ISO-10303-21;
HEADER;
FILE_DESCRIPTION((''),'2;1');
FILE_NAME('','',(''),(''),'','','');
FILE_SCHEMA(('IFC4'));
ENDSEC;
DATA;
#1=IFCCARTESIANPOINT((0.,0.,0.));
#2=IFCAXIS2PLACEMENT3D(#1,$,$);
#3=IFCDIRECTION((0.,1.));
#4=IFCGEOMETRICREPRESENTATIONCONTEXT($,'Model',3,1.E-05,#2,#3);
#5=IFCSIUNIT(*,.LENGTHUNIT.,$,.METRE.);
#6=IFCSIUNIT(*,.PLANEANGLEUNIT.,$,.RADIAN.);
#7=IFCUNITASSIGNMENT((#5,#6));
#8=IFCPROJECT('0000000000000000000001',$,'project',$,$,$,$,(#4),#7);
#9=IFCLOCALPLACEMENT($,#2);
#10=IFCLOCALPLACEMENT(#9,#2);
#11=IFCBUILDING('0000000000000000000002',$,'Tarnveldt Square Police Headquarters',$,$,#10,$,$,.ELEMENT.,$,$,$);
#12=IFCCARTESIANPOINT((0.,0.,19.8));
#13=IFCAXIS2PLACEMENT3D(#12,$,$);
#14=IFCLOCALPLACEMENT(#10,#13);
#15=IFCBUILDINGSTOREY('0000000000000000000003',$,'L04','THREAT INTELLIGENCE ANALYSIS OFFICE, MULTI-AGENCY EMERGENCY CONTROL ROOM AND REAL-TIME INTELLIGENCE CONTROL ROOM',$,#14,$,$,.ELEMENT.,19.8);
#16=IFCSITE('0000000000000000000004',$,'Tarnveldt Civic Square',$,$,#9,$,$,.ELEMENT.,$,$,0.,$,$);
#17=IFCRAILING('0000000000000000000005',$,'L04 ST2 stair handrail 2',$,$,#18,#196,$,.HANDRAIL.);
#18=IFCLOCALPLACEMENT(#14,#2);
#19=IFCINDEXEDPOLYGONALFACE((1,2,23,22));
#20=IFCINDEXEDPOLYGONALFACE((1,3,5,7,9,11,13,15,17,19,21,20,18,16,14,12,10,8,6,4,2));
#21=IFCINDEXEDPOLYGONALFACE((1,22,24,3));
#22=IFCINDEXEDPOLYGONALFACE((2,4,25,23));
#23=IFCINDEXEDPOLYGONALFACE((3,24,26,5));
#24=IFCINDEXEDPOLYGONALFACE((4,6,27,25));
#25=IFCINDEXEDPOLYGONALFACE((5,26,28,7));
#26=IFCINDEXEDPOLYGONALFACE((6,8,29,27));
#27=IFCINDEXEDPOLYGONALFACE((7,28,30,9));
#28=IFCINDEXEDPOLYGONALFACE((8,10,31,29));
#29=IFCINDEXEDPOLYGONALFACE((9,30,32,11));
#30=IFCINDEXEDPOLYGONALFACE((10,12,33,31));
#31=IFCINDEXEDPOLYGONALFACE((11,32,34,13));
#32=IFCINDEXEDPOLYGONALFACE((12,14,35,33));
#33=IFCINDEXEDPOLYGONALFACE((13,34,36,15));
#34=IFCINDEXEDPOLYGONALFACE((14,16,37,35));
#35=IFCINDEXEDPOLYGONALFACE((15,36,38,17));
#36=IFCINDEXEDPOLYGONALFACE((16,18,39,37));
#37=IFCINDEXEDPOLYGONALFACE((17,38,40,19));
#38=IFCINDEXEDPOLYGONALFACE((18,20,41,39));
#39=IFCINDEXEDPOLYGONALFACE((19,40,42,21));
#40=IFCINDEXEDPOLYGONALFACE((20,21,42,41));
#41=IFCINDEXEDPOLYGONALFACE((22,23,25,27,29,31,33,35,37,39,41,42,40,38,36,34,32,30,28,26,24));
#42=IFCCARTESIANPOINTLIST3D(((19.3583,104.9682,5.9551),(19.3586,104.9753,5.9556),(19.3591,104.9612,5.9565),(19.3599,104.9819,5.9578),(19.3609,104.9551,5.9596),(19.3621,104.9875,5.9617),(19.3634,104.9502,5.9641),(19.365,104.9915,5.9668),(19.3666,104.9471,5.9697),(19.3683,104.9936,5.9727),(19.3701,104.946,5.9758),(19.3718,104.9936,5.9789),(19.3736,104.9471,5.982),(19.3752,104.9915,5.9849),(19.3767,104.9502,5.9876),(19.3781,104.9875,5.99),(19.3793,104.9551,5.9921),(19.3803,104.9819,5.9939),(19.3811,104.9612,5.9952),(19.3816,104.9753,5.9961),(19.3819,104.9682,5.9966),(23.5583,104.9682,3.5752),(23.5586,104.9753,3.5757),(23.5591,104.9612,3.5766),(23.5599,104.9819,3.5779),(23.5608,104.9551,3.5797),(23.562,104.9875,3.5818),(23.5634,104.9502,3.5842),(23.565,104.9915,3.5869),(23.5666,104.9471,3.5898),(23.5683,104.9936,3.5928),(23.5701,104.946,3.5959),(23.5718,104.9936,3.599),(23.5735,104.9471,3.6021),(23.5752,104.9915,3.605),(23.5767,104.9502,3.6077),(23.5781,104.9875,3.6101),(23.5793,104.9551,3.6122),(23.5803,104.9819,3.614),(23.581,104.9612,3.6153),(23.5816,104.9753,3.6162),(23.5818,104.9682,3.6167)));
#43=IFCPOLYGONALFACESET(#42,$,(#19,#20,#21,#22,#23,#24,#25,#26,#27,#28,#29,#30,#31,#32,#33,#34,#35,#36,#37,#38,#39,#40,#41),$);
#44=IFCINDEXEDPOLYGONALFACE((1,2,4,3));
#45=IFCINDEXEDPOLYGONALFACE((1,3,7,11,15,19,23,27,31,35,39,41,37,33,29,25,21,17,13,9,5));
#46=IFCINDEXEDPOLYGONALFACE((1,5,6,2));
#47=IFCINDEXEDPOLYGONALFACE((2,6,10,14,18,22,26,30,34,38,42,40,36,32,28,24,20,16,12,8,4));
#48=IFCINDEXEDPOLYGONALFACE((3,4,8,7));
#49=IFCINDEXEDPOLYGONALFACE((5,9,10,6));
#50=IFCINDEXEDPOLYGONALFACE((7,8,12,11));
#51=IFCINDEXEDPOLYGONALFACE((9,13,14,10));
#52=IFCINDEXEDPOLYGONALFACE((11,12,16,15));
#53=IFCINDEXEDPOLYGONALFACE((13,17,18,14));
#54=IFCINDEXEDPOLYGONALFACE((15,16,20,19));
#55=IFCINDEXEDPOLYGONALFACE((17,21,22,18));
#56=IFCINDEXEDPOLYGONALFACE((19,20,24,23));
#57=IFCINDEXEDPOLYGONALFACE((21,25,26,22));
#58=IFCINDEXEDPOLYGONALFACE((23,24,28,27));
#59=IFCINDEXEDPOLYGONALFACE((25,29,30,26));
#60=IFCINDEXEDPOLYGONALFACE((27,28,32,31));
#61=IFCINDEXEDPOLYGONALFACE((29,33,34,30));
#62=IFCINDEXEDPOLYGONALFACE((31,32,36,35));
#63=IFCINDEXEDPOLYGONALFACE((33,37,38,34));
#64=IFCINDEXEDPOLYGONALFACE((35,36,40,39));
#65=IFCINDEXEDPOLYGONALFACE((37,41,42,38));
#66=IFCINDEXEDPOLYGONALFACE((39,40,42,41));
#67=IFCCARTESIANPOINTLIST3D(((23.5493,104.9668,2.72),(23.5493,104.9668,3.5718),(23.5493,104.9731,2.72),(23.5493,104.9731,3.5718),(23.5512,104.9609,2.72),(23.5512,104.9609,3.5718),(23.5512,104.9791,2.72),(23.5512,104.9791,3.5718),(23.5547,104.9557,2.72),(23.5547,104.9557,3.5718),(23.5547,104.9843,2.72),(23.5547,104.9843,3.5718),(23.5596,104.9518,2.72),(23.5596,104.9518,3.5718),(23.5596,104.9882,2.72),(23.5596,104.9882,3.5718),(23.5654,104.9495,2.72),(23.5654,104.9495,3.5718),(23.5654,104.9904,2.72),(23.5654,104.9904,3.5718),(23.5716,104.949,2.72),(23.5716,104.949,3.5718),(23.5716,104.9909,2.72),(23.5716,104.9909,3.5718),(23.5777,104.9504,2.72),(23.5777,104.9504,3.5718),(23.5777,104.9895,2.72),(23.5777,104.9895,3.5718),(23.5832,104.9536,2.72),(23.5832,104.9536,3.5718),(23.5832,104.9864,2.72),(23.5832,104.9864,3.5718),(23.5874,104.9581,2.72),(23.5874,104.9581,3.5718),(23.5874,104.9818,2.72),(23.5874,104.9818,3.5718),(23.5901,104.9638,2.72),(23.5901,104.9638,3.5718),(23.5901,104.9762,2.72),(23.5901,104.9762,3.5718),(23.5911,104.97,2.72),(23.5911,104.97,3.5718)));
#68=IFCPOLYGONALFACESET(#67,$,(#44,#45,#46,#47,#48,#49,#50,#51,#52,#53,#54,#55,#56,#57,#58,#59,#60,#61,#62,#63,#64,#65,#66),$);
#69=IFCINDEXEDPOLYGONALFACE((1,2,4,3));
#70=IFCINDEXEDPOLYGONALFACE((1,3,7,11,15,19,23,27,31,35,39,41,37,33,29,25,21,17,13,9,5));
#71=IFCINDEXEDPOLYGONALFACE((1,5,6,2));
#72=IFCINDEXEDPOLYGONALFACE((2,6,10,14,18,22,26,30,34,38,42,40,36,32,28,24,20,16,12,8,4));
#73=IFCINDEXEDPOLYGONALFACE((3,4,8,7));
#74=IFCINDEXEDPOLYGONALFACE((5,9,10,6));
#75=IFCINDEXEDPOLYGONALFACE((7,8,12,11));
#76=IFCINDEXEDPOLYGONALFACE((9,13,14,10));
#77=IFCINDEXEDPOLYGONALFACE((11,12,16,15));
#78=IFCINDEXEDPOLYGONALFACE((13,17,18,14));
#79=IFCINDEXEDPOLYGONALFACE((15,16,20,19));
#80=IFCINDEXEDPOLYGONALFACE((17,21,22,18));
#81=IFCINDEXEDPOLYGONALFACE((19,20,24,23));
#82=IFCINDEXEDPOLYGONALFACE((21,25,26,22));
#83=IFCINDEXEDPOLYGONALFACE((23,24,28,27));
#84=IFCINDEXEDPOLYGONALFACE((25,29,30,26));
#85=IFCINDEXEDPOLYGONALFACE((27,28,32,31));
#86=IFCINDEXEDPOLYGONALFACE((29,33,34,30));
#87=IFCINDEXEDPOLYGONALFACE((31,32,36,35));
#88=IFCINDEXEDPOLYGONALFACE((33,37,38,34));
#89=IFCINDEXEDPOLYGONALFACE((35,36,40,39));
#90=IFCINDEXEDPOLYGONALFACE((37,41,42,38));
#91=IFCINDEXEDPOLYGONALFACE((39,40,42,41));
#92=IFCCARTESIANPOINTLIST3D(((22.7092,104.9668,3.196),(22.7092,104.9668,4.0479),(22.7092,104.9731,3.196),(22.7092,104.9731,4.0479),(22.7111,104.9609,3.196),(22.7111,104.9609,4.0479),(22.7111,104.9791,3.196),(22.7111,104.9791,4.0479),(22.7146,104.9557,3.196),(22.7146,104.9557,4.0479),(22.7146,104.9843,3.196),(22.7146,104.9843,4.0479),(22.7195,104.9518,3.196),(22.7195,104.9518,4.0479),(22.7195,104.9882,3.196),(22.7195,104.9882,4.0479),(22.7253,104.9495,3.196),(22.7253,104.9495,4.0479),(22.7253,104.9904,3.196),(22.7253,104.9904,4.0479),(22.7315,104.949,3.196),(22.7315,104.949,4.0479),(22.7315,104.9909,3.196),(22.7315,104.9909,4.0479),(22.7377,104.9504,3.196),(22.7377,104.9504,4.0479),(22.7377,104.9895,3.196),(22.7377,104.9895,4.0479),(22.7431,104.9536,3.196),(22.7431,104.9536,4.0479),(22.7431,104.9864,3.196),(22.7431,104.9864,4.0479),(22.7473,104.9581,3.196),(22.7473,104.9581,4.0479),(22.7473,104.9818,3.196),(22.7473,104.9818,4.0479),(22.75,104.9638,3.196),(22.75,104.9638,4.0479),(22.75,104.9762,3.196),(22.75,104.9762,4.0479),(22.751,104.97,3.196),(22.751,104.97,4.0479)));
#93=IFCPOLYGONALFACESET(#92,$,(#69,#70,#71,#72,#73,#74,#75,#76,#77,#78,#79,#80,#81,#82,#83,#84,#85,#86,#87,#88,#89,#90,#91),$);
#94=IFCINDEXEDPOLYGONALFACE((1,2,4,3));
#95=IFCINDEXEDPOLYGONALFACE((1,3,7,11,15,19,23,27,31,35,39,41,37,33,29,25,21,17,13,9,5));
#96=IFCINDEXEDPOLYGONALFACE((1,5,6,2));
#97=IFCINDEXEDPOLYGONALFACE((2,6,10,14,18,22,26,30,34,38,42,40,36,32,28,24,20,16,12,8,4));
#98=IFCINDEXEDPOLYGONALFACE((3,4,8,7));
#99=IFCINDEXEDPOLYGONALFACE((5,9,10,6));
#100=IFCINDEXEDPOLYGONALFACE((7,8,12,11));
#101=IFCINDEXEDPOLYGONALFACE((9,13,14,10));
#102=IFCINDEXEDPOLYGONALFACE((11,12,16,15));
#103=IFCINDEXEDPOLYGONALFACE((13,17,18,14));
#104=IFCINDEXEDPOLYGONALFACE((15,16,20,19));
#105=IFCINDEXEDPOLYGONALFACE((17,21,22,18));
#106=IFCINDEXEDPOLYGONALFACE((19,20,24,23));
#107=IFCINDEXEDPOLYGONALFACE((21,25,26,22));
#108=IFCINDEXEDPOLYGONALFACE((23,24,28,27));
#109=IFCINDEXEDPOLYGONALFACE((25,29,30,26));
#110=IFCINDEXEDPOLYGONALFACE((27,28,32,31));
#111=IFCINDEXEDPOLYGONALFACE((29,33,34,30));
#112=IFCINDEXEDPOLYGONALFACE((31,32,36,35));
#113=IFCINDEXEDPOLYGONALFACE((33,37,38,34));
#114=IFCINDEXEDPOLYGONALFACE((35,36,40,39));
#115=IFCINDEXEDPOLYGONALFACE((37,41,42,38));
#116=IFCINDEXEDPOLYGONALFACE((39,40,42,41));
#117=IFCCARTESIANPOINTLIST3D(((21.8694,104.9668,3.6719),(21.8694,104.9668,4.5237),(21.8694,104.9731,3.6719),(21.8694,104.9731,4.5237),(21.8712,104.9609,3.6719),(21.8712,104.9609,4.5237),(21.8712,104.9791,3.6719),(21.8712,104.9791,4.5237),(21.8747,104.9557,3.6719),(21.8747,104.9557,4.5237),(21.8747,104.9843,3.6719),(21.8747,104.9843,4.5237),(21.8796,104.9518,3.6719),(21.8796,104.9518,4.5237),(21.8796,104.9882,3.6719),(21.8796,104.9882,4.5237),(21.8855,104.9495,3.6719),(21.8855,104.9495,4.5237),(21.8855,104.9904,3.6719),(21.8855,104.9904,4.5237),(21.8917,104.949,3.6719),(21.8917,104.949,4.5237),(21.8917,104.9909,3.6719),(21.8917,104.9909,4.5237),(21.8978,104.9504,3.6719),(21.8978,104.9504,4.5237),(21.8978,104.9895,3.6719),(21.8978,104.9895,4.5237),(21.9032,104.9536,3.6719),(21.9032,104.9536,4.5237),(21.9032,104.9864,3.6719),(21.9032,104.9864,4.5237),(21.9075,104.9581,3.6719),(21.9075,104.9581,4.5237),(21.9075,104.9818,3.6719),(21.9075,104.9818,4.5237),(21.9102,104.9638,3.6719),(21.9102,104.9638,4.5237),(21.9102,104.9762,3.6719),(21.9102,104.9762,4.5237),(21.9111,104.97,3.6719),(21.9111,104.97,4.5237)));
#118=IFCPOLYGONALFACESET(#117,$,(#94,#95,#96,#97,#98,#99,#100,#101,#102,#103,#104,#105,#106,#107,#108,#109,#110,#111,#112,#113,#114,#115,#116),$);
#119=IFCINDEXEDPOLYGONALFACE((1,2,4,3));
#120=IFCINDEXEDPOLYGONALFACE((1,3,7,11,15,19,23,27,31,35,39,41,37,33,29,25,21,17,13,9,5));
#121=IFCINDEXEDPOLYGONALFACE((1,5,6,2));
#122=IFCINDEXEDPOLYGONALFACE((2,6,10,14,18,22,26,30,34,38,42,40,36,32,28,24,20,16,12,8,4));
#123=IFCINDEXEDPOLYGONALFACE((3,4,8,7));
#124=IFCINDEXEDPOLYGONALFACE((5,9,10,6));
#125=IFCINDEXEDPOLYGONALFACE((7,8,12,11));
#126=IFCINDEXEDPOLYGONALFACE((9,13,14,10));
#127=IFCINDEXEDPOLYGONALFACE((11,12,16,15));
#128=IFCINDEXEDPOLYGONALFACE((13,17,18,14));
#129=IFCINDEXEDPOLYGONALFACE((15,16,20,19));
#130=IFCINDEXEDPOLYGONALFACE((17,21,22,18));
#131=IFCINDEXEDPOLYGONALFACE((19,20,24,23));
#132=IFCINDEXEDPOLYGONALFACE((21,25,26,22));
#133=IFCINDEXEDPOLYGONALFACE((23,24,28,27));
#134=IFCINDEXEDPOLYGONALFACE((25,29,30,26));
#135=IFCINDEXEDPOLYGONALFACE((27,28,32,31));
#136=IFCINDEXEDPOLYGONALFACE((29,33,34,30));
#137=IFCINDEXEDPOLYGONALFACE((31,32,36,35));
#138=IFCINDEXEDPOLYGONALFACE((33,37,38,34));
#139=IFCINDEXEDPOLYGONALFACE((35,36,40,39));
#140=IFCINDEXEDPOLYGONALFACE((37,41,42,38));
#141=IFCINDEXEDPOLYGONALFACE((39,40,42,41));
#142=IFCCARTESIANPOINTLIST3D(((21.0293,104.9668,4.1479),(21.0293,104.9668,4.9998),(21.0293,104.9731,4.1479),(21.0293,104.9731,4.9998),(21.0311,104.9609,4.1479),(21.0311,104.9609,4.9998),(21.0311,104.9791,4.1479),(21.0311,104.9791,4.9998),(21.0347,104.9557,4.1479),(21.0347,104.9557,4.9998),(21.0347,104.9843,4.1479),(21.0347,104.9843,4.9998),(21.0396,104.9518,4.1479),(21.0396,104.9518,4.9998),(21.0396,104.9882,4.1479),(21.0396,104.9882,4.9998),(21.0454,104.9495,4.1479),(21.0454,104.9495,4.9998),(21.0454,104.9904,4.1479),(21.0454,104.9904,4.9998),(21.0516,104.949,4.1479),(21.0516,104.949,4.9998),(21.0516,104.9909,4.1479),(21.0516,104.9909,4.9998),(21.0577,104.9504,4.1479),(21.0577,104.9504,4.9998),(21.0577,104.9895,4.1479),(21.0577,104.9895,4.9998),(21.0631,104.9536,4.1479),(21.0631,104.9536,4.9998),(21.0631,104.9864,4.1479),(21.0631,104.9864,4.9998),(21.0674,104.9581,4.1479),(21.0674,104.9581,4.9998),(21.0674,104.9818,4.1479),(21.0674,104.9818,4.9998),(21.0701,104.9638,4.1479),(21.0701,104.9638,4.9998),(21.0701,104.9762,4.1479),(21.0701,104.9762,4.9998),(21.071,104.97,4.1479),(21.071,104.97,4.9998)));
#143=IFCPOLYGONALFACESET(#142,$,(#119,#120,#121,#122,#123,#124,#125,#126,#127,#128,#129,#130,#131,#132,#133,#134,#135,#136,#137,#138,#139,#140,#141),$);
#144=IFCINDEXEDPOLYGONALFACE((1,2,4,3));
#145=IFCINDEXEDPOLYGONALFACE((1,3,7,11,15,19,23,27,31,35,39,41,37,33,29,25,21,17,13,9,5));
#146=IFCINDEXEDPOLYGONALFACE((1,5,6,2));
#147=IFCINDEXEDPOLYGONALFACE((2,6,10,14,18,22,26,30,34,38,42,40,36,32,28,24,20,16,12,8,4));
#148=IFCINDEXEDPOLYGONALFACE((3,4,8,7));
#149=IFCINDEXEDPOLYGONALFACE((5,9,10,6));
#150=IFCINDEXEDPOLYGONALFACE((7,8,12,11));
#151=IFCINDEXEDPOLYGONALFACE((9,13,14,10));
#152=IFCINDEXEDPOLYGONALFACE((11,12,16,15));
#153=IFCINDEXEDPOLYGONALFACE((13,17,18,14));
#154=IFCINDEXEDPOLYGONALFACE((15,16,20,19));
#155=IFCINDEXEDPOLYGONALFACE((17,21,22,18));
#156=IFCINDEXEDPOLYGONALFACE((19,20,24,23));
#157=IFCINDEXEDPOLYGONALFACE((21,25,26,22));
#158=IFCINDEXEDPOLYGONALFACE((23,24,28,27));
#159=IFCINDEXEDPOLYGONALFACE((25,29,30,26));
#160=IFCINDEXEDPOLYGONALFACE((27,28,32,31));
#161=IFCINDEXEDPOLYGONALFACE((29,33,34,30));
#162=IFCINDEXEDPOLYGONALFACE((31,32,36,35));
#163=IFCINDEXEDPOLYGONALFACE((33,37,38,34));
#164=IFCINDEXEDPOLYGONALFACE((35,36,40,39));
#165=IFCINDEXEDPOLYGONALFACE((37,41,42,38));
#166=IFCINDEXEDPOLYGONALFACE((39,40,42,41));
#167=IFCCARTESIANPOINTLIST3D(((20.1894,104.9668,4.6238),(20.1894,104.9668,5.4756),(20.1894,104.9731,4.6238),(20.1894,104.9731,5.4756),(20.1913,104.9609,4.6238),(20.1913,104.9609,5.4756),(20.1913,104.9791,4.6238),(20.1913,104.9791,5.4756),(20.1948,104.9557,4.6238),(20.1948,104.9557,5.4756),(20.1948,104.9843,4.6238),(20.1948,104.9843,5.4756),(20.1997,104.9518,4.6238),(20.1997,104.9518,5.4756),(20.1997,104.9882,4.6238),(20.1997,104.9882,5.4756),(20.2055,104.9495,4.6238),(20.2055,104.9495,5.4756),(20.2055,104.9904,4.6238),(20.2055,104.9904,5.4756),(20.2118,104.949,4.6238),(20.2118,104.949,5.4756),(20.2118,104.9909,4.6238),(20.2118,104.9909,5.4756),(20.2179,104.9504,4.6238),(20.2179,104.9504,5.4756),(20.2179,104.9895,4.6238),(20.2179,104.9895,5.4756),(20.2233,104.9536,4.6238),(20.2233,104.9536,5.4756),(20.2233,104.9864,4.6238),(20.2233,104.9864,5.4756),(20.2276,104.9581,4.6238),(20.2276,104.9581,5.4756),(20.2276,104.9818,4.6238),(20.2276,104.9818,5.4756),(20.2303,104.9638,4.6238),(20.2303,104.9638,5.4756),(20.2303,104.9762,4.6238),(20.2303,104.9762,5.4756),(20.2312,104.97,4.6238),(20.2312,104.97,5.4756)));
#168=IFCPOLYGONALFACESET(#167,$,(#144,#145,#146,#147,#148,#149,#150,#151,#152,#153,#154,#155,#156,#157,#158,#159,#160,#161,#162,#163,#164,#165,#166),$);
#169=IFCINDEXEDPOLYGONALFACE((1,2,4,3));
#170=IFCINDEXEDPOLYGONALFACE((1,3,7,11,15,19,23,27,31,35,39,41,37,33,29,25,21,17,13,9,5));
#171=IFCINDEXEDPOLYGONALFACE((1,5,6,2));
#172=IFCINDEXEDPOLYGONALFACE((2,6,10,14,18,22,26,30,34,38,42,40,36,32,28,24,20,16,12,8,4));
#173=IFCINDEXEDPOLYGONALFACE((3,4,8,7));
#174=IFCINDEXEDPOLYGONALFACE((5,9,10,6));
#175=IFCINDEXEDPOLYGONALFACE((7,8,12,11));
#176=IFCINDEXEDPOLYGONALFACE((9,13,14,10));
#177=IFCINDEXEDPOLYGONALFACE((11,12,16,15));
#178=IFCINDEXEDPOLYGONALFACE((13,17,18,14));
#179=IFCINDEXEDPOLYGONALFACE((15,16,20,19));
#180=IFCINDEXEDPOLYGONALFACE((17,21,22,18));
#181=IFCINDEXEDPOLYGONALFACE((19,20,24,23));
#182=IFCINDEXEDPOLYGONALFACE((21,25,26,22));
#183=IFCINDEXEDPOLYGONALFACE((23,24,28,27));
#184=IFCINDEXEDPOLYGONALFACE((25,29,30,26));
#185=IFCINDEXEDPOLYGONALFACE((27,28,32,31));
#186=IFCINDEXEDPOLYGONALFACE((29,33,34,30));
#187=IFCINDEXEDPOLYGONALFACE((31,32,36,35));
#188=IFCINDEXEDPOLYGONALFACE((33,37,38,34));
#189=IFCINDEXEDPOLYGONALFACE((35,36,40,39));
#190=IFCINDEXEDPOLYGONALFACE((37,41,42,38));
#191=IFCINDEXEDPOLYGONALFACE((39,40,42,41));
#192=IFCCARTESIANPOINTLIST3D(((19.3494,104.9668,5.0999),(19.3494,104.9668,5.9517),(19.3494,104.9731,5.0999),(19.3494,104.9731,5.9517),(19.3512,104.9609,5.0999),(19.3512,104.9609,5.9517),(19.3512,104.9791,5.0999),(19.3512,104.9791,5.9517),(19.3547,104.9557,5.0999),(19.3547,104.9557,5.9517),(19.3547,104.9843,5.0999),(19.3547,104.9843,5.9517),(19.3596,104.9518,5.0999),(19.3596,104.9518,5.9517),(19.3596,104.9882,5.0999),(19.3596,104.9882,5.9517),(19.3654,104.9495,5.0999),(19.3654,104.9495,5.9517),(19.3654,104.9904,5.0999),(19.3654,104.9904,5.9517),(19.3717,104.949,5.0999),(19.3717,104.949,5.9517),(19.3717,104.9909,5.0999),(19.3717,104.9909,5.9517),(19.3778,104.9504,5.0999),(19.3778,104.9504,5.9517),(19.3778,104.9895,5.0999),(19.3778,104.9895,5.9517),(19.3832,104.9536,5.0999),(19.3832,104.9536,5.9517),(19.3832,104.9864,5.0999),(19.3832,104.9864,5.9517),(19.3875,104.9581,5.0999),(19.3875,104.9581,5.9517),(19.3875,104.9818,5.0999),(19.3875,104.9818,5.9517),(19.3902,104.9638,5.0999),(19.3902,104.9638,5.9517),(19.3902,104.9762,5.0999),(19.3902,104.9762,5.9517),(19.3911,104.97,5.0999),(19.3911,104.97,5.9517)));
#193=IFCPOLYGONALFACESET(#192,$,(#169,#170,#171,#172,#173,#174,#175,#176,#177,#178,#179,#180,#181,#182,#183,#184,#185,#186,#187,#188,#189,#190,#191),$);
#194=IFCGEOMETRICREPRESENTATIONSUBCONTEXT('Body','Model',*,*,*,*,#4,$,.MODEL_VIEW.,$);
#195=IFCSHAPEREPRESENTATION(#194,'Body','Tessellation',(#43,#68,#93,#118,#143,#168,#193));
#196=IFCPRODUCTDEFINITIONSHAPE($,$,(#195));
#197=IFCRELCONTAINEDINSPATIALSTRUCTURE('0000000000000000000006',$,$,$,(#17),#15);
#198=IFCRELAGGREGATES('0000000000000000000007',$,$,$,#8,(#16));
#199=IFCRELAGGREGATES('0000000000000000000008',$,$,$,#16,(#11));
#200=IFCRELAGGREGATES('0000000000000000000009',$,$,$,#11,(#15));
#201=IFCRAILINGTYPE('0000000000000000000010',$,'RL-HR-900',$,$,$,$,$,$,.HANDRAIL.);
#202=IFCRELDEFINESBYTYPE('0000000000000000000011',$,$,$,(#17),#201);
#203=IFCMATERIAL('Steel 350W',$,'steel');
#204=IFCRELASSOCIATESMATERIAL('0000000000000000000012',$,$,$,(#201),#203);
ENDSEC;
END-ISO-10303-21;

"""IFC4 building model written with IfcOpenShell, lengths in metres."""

from ifc_helpers import new_model, si_unit, direction, frame, origin, origin_2d, place, context, subcontext, project, spatial, circle, extrude, material, type_object, element, save


model = new_model("IFC4")

# Units and contexts
model_context = context("Model", 3, precision=1e-05, world=origin(), true_north=direction((0.0, 1.0)))
body_context = subcontext(model_context, "Body", "Model", "MODEL_VIEW")
ifc_project = project(units=[si_unit("LENGTHUNIT", "METRE"), si_unit("PLANEANGLEUNIT", "RADIAN")], contexts=[model_context])

# Site, building, storey
site_placement = place(None, origin())
site = spatial("IfcSite", under=ifc_project, at=site_placement, Name="Tarnveldt Civic Square", CompositionType="ELEMENT", RefElevation=0.0)
building_placement = place(site_placement, origin())
building = spatial("IfcBuilding", under=site, at=building_placement, Name="Tarnveldt Square Police Headquarters", CompositionType="ELEMENT")
storey_placement = place(building_placement, frame((0.0, 0.0, 19.8)))
storey = spatial("IfcBuildingStorey", under=building, at=storey_placement, Name="L04", Description="THREAT INTELLIGENCE ANALYSIS OFFICE, MULTI-AGENCY EMERGENCY CONTROL ROOM AND REAL-TIME INTELLIGENCE CONTROL ROOM", CompositionType="ELEMENT", Elevation=19.8)

# Shared definitions
ifc_material_1 = material(Name="Steel 350W", Category="steel")

# Railing
railing_type_1 = type_object("IfcRailingType", Name="RL-HR-900", PredefinedType="HANDRAIL", material=ifc_material_1)
railing_1_placement = place(storey_placement, frame((23.5701, 104.97, 2.72)))
element("IfcRailing", 1, at=railing_1_placement, inside=storey, type_object=railing_type_1, Name="L04 ST2 stair handrail 2", PredefinedType="HANDRAIL", context=body_context, shape_type="SweptSolid", body=[
    extrude(circle(Radius=0.0239, at=origin_2d()), frame((0.0, 0.0, 0.876), z_axis=(-0.87003, 0.0, 0.492999), x_axis=(0.0, -1.0, 0.0)), (0.0, 0.0, 1.0), 4.8274),
    extrude(circle(Radius=0.021, at=origin_2d()), origin(), (0.0, 0.0, 1.0), 0.8518),
    extrude(circle(Radius=0.021, at=origin_2d()), frame((-0.8401, 0.0, 0.4761)), (0.0, 0.0, 1.0), 0.8518),
    extrude(circle(Radius=0.021, at=origin_2d()), frame((-1.6799, 0.0, 0.9519)), (0.0, 0.0, 1.0), 0.8518),
    extrude(circle(Radius=0.021, at=origin_2d()), frame((-2.52, 0.0, 1.428)), (0.0, 0.0, 1.0), 0.8518),
    extrude(circle(Radius=0.021, at=origin_2d()), frame((-3.3599, 0.0, 1.9038)), (0.0, 0.0, 1.0), 0.8518),
    extrude(circle(Radius=0.021, at=origin_2d()), frame((-4.2, 0.0, 2.3799)), (0.0, 0.0, 1.0), 0.8518),
])

save(model, "model.ifc")
